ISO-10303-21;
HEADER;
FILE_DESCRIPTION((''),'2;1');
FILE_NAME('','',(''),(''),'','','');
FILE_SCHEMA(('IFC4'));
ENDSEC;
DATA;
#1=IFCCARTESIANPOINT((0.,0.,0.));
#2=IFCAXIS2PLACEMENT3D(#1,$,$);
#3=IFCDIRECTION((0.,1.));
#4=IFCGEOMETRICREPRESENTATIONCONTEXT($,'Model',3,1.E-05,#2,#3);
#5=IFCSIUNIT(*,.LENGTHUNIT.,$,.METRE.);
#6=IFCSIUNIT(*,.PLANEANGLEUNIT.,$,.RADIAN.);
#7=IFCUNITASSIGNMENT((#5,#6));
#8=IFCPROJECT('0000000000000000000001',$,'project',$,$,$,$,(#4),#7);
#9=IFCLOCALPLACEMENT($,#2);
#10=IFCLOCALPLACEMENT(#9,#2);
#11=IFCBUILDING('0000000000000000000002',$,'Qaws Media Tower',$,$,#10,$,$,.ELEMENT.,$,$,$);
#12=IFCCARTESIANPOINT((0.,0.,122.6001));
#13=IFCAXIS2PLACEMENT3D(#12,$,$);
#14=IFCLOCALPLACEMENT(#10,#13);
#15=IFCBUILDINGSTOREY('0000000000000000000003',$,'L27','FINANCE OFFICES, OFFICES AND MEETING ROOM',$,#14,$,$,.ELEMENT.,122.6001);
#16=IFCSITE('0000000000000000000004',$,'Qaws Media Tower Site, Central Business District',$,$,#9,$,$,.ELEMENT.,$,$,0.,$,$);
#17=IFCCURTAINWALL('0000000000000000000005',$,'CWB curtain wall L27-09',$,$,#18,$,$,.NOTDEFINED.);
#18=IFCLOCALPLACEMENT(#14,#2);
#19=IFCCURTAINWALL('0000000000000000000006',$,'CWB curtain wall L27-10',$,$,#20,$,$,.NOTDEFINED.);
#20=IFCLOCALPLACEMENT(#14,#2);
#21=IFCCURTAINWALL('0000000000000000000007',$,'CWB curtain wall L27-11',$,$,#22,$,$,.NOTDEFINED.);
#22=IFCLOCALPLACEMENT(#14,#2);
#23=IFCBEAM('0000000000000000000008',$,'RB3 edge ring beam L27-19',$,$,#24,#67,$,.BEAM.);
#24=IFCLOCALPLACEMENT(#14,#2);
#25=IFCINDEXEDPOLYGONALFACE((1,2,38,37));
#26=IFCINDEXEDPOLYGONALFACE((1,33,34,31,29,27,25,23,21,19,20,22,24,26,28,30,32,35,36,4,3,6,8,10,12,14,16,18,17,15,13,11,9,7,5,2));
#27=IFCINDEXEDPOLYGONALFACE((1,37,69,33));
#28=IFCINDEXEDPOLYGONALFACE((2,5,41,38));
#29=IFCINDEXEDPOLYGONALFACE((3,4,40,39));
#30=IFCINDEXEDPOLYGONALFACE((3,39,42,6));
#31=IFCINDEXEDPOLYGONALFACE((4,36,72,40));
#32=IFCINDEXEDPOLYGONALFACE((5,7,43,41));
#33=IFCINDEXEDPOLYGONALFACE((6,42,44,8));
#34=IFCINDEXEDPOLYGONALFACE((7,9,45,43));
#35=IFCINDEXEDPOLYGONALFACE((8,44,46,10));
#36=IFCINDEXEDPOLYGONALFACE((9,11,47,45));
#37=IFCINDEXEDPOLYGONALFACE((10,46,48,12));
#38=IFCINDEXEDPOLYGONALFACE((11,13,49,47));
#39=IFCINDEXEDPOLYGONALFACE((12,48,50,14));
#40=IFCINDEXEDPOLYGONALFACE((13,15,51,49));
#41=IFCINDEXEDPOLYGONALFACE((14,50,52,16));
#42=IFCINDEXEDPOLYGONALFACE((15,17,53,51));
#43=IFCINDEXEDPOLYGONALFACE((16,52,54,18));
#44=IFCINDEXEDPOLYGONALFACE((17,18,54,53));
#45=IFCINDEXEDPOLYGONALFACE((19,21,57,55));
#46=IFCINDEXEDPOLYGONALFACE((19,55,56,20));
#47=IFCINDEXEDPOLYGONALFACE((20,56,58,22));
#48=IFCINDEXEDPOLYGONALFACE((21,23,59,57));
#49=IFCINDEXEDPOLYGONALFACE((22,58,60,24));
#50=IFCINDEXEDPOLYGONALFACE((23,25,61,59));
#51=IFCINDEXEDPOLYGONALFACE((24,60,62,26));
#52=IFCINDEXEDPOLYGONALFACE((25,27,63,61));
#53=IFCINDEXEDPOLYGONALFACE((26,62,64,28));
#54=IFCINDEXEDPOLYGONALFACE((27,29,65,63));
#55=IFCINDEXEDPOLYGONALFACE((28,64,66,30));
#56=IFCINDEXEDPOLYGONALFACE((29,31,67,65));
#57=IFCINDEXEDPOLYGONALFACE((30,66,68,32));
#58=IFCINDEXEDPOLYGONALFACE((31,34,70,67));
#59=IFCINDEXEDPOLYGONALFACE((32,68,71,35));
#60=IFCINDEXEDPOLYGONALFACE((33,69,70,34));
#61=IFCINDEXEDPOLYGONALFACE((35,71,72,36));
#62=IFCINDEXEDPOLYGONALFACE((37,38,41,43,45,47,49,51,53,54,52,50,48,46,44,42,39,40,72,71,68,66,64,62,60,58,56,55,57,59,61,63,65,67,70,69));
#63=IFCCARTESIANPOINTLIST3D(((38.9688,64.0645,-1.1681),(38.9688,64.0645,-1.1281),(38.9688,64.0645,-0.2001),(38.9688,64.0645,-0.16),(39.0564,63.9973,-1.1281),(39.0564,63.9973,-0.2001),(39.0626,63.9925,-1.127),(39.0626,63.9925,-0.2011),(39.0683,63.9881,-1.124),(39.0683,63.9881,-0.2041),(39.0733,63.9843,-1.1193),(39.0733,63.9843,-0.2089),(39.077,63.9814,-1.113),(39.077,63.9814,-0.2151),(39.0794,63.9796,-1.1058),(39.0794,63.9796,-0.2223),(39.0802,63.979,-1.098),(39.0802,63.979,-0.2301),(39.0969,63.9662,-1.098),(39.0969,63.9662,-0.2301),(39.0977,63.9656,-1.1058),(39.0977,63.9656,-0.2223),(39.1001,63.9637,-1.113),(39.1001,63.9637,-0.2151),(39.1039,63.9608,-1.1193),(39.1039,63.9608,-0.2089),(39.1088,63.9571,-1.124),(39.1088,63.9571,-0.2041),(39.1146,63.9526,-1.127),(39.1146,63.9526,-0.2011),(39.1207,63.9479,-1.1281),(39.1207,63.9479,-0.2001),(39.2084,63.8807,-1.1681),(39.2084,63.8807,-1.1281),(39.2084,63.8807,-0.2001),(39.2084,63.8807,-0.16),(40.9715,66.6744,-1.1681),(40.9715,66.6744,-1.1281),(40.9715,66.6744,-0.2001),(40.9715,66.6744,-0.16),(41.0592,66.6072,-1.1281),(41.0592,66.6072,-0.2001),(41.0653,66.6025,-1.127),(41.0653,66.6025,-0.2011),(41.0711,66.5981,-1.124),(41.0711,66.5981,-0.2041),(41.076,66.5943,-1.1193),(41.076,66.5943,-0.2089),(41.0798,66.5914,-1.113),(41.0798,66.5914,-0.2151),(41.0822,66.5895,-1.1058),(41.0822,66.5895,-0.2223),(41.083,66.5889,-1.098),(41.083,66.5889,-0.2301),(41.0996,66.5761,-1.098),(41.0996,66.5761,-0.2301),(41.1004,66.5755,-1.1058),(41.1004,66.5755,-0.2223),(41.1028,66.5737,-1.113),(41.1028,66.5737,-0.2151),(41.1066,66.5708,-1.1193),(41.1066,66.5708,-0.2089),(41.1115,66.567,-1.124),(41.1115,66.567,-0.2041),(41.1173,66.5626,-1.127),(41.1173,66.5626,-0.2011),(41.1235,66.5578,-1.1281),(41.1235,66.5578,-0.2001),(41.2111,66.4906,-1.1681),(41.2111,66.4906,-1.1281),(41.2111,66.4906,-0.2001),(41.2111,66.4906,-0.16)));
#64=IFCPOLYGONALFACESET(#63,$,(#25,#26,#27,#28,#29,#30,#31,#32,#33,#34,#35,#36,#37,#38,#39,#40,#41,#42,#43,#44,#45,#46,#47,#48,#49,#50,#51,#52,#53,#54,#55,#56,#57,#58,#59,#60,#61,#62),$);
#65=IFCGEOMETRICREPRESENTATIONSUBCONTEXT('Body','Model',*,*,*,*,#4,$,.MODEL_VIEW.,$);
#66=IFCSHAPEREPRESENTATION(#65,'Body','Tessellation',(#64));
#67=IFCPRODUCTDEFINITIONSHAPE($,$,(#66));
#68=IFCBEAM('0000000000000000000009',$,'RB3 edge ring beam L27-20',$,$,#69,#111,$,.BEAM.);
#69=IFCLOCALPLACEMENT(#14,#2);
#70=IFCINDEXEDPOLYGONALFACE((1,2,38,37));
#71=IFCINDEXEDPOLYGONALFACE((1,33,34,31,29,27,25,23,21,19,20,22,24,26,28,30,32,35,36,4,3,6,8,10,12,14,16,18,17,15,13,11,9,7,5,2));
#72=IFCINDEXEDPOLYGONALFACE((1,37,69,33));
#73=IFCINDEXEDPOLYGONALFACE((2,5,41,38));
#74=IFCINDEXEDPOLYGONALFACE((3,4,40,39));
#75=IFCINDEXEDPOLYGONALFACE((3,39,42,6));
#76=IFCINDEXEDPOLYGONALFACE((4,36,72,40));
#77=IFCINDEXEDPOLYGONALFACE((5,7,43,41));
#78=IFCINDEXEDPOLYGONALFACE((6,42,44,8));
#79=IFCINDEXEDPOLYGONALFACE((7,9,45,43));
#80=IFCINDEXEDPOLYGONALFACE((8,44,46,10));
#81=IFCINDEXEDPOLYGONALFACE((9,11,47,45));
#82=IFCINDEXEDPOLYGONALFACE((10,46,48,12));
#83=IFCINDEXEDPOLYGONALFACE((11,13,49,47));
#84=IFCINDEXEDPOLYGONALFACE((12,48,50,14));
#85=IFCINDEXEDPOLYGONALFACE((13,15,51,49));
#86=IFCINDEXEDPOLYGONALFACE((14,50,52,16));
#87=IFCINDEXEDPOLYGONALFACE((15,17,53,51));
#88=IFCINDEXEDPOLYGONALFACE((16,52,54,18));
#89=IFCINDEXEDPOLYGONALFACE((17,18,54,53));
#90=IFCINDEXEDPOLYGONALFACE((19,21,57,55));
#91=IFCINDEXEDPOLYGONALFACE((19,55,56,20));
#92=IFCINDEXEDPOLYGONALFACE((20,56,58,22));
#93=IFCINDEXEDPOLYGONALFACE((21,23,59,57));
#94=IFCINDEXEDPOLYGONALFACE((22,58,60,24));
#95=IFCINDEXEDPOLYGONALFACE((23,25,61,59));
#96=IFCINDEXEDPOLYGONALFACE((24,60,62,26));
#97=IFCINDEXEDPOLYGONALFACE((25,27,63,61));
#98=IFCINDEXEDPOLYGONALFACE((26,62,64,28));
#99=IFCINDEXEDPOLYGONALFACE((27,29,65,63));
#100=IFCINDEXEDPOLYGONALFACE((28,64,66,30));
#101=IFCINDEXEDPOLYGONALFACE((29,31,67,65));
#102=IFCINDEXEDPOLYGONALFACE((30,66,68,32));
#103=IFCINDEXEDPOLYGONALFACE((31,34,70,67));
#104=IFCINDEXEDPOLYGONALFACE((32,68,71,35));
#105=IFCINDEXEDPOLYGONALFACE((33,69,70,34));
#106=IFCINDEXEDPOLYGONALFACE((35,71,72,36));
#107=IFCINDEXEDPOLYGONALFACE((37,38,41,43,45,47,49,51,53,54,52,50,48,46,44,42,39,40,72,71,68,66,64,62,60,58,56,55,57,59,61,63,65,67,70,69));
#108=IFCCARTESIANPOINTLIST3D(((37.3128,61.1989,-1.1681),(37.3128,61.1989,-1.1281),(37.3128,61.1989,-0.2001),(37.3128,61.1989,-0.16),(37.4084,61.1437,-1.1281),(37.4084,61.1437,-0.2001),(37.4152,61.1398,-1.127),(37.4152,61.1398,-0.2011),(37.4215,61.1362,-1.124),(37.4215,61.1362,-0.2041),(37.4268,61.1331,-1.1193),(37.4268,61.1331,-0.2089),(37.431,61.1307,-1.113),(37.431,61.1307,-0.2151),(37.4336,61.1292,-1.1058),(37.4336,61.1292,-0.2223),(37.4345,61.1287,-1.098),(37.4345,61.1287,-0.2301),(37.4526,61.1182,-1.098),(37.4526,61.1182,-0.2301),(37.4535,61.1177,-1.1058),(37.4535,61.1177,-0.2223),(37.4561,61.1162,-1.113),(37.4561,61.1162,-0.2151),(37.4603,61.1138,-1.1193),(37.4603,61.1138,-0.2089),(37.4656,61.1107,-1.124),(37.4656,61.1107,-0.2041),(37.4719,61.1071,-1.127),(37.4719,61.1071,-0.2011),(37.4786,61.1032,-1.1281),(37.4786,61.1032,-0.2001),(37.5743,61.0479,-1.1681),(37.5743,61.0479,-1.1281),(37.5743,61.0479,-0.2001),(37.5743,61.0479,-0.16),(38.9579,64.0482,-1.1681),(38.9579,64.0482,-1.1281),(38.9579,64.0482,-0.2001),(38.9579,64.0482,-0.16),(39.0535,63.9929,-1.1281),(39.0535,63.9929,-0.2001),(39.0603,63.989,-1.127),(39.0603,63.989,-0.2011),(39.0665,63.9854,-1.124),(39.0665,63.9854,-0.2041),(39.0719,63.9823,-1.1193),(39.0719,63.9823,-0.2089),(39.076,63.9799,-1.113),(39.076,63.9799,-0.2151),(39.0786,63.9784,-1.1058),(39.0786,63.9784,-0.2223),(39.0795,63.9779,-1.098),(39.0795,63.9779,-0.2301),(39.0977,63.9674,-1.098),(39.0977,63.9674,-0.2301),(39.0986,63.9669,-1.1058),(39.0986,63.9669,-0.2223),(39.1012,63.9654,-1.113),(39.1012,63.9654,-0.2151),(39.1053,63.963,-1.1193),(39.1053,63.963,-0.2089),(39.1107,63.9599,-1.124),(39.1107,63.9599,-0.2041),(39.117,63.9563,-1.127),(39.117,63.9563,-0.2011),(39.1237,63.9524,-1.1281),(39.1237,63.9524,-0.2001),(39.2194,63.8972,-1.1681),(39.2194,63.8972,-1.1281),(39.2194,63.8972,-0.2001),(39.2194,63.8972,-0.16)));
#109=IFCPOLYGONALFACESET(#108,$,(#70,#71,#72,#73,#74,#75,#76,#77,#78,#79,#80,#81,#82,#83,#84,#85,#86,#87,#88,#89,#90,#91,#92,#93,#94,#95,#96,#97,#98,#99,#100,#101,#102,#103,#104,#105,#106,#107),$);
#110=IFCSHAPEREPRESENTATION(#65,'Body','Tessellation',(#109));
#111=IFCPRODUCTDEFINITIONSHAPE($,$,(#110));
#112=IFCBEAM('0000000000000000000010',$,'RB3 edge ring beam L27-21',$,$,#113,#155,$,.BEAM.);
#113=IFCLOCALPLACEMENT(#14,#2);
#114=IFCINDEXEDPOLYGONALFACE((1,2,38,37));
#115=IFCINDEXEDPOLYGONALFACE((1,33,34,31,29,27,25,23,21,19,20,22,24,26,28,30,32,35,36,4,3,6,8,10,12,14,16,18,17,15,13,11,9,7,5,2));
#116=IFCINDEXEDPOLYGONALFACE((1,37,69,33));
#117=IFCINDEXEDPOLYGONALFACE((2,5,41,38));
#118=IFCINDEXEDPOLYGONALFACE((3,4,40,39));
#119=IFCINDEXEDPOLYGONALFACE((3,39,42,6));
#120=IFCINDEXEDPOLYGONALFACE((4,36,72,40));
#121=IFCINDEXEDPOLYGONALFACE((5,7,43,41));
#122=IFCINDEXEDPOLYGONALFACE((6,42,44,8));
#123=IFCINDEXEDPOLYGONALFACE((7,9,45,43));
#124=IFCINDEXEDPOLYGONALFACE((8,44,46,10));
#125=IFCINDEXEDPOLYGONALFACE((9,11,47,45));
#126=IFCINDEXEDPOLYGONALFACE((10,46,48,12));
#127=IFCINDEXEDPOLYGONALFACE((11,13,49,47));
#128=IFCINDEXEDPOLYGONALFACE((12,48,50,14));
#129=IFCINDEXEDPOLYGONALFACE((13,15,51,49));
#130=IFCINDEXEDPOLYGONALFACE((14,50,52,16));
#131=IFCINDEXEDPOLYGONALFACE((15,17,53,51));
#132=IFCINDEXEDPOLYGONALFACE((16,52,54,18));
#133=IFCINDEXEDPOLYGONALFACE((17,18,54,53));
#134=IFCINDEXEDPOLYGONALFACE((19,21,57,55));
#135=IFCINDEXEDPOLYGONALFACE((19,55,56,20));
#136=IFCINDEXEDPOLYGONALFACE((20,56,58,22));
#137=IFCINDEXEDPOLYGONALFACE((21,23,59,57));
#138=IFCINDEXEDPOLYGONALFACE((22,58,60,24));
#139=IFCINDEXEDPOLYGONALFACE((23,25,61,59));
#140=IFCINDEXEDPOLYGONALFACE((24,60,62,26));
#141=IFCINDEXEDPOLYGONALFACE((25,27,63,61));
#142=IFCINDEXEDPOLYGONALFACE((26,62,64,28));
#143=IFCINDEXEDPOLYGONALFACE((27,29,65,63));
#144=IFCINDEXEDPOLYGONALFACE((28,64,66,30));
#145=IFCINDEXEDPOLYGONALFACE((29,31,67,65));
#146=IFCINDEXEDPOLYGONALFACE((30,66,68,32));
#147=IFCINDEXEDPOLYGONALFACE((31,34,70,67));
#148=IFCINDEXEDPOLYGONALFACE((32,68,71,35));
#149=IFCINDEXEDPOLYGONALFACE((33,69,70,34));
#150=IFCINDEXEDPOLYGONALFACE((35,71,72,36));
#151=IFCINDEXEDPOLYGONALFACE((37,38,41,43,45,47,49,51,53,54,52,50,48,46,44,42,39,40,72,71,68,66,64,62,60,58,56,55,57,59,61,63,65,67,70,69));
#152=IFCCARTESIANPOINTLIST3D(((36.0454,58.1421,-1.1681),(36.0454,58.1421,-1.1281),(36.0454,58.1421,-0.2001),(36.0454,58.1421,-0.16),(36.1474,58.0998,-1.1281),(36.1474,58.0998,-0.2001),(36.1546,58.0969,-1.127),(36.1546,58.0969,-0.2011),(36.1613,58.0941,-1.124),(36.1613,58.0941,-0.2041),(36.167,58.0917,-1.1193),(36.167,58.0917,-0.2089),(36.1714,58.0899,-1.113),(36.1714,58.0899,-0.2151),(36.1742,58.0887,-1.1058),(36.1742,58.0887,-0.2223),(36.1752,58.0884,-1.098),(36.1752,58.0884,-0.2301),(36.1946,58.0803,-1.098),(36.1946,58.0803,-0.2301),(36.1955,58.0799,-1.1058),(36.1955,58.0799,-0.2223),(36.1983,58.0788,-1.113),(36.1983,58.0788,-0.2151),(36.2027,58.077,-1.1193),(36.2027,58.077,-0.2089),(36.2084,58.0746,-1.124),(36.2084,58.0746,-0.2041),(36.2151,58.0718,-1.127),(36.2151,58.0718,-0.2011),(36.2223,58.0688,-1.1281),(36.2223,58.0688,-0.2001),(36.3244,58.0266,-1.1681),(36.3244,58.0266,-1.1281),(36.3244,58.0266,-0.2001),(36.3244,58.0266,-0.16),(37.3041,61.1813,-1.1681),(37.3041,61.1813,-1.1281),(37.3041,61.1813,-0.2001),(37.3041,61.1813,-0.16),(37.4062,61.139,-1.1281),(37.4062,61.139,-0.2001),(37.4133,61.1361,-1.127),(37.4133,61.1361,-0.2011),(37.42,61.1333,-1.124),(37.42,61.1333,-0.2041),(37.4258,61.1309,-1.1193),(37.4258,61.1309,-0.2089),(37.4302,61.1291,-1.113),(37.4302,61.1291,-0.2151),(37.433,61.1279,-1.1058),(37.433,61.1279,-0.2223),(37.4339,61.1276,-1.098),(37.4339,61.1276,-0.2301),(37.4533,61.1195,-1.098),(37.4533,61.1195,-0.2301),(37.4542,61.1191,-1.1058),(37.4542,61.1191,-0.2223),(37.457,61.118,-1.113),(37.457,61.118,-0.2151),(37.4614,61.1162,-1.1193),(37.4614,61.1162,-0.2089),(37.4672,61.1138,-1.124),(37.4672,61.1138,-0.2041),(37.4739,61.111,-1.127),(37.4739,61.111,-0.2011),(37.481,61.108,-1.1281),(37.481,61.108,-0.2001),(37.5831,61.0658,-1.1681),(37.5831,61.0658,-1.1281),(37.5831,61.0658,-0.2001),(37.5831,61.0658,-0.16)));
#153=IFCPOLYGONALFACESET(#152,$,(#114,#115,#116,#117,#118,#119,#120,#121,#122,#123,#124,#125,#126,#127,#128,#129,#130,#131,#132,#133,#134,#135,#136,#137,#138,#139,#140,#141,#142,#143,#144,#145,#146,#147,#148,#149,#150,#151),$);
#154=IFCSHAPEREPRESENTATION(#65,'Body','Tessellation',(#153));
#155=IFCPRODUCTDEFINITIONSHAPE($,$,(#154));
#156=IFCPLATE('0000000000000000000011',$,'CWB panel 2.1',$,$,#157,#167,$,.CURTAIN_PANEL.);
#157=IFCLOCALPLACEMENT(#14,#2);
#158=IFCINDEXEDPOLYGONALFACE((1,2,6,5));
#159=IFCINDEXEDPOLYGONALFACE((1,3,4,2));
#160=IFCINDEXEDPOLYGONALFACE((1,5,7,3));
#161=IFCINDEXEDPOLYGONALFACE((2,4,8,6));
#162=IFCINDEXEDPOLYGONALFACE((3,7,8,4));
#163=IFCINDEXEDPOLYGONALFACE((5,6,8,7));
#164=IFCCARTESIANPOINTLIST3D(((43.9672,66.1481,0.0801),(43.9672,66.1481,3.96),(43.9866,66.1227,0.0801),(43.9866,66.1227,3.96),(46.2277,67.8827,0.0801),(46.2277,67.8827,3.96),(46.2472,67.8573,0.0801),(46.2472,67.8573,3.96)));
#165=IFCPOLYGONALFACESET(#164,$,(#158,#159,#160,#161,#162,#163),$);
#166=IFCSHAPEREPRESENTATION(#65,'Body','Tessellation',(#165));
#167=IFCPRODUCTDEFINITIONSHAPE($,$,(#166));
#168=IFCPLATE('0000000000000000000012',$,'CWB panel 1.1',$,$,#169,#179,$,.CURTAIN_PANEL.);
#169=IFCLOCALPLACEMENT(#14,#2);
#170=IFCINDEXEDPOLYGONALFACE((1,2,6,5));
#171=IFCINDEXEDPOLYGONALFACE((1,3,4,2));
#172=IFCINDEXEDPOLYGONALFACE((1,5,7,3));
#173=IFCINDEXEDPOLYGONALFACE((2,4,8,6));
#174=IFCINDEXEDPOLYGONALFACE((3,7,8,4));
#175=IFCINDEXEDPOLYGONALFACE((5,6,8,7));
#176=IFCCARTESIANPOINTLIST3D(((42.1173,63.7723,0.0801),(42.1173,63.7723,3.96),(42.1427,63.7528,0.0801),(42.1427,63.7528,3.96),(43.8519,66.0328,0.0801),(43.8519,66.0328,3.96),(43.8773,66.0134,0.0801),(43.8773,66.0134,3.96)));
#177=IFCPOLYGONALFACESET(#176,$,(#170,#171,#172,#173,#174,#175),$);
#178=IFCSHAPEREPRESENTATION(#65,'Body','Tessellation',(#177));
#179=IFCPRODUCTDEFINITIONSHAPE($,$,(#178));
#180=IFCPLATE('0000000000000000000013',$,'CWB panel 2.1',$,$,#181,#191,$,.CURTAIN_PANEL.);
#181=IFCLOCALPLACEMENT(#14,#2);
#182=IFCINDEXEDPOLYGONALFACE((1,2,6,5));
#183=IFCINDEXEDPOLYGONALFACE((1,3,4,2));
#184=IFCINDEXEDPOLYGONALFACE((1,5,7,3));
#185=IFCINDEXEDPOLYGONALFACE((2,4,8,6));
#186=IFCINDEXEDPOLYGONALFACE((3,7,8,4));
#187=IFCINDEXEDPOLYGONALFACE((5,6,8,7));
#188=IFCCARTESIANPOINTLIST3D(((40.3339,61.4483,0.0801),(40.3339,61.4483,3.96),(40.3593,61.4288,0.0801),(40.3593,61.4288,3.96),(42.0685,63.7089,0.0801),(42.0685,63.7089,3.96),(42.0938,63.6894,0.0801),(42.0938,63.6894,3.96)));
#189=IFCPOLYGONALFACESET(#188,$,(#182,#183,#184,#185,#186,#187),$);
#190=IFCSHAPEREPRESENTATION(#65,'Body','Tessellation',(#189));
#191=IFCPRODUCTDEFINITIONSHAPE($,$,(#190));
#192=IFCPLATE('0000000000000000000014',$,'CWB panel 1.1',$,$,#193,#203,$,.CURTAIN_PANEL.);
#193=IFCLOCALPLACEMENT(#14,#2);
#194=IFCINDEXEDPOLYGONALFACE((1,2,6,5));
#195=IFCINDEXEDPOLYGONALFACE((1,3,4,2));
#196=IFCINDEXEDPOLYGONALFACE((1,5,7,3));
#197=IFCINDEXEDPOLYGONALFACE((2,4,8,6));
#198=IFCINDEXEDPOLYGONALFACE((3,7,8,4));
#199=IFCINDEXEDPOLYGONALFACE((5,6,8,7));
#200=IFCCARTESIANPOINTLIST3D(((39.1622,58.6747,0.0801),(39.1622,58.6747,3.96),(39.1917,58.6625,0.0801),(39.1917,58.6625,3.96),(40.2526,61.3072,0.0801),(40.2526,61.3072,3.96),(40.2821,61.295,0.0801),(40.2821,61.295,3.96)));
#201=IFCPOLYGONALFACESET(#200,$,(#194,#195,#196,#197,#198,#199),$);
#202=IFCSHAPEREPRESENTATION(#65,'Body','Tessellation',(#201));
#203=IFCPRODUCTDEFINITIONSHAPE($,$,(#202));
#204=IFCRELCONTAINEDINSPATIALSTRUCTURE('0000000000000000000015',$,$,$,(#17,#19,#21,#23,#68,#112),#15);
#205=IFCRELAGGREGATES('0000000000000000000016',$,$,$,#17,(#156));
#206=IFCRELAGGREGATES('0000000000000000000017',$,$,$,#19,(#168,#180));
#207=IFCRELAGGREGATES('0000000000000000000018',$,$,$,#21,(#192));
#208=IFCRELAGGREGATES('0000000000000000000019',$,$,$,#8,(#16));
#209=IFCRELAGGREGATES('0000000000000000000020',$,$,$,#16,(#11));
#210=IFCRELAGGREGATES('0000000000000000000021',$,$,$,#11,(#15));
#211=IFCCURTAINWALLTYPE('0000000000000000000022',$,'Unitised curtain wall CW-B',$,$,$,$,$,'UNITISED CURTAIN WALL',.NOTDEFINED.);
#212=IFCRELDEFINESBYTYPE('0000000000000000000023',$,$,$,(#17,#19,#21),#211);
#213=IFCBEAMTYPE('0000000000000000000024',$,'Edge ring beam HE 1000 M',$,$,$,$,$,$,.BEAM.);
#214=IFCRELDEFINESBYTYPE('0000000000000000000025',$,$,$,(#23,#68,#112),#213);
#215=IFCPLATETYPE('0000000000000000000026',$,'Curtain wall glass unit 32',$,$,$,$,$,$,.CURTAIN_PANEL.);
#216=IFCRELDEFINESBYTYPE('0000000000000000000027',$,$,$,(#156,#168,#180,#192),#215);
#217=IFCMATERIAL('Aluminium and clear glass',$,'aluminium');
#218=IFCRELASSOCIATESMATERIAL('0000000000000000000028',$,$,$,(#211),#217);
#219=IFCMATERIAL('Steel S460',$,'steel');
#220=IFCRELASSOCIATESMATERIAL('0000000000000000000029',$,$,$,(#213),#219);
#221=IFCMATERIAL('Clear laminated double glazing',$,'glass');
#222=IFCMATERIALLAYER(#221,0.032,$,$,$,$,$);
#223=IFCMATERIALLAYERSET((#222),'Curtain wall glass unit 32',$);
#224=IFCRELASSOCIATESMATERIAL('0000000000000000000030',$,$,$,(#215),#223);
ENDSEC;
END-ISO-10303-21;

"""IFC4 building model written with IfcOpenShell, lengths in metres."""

from ifc_helpers import new_model, si_unit, direction, frame, origin, origin_2d, place, context, subcontext, project, spatial, rectangle, i_section, extrude, material, layer, layer_set, material_profile, profile_set, type_object, element, aggregate, save


model = new_model("IFC4")

# Units and contexts
model_context = context("Model", 3, precision=1e-05, world=origin(), true_north=direction((0.0, 1.0)))
body_context = subcontext(model_context, "Body", "Model", "MODEL_VIEW")
ifc_project = project(units=[si_unit("LENGTHUNIT", "METRE"), si_unit("PLANEANGLEUNIT", "RADIAN")], contexts=[model_context])

# Site, building, storey
site_placement = place(None, origin())
site = spatial("IfcSite", under=ifc_project, at=site_placement, Name="Qaws Media Tower Site, Central Business District", CompositionType="ELEMENT", RefElevation=0.0)
building_placement = place(site_placement, origin())
building = spatial("IfcBuilding", under=site, at=building_placement, Name="Qaws Media Tower", CompositionType="ELEMENT")
storey_placement = place(building_placement, frame((0.0, 0.0, 122.6001)))
storey = spatial("IfcBuildingStorey", under=building, at=storey_placement, Name="L27", Description="FINANCE OFFICES, OFFICES AND MEETING ROOM", CompositionType="ELEMENT", Elevation=122.6001)

# Curtain wall
ifc_material_1 = material(Name="Aluminium and clear glass", Category="aluminium")
curtain_wall_type = type_object("IfcCurtainWallType", Name="Unitised curtain wall CW-B", ElementType="UNITISED CURTAIN WALL", PredefinedType="NOTDEFINED", material=ifc_material_1)
curtain_wall_1_placement = place(storey_placement, origin())
curtain_wall_1 = element("IfcCurtainWall", 1, at=curtain_wall_1_placement, inside=storey, type_object=curtain_wall_type, Name="CWB curtain wall L27-09", PredefinedType="NOTDEFINED")

# Curtain wall
curtain_wall_2_placement = place(storey_placement, origin())
curtain_wall_2 = element("IfcCurtainWall", 2, at=curtain_wall_2_placement, inside=storey, type_object=curtain_wall_type, Name="CWB curtain wall L27-10", PredefinedType="NOTDEFINED")

# Curtain wall
curtain_wall_3_placement = place(storey_placement, origin())
curtain_wall_3 = element("IfcCurtainWall", 3, at=curtain_wall_3_placement, inside=storey, type_object=curtain_wall_type, Name="CWB curtain wall L27-11", PredefinedType="NOTDEFINED")

# Beams
ifc_material_2 = material(Name="Steel S460", Category="steel")
ifc_material_profile_1 = material_profile(ifc_material_2, i_section(OverallWidth=0.302, OverallDepth=1.0081, WebThickness=0.021, FlangeThickness=0.04, FilletRadius=0.03, at=origin_2d()), Name="HE 1000 M")
ifc_profile_set_1 = profile_set([ifc_material_profile_1], Name="Steel S460")
beam_type = type_object("IfcBeamType", Name="Edge ring beam HE 1000 M", PredefinedType="BEAM", material=ifc_profile_set_1)
for number, where, z_axis, x_axis, name in (
    (4, (41.0913, 66.5825, -0.6641), (-0.608774, -0.793344, 0.0), (0.793344, -0.608774, 0.0), "RB3 edge ring beam L27-19"),
):
    element("IfcBeam", number, at=place(storey_placement, frame(where, z_axis=z_axis, x_axis=x_axis)), inside=storey, type_object=beam_type, Name=name, PredefinedType="BEAM", context=body_context, shape_type="SweptSolid", body=[
        extrude(i_section(OverallWidth=0.302, OverallDepth=1.0081, WebThickness=0.021, FlangeThickness=0.04, FilletRadius=0.03, at=origin_2d()), origin(), (0.0, 0.0, 1.0), 3.2898),
    ])
beam_1_placement = place(storey_placement, frame((39.0886, 63.9727, -0.6641), z_axis=(-0.500018, -0.866015, 0.0), x_axis=(0.866015, -0.500018, 0.0)))
element("IfcBeam", 5, at=beam_1_placement, inside=storey, type_object=beam_type, Name="RB3 edge ring beam L27-20", PredefinedType="BEAM", context=body_context, shape_type="SweptSolid", body=[
    extrude(i_section(OverallWidth=0.302, OverallDepth=1.0081, WebThickness=0.021, FlangeThickness=0.04, FilletRadius=0.03, at=origin_2d()), origin(), (0.0, 0.0, 1.0), 3.29),
])
beam_2_placement = place(storey_placement, frame((37.4436, 61.1235, -0.6641), z_axis=(-0.382649, -0.923894, 0.0), x_axis=(0.923894, -0.382649, 0.0)))
element("IfcBeam", 6, at=beam_2_placement, inside=storey, type_object=beam_type, Name="RB3 edge ring beam L27-21", PredefinedType="BEAM", context=body_context, shape_type="SweptSolid", body=[
    extrude(i_section(OverallWidth=0.302, OverallDepth=1.0081, WebThickness=0.021, FlangeThickness=0.04, FilletRadius=0.03, at=origin_2d()), origin(), (0.0, 0.0, 1.0), 3.2896),
])

# Plates
ifc_material_3 = material(Name="Clear laminated double glazing", Category="glass")
ifc_layer_1 = layer(ifc_material_3, 0.032)
ifc_layer_set_1 = layer_set([ifc_layer_1], Name="Curtain wall glass unit 32")
plate_type_1 = type_object("IfcPlateType", Name="Curtain wall glass unit 32", PredefinedType="CURTAIN_PANEL", material=ifc_layer_set_1)
plate_1_placement = place(storey_placement, frame((45.1072, 67.0027, 0.0801), z_axis=(0.0, 0.0, 1.0), x_axis=(-0.793353, -0.608761, 0.0)))
plate_1 = element("IfcPlate", 7, at=plate_1_placement, type_object=plate_type_1, Name="CWB panel 2.1", PredefinedType="CURTAIN_PANEL", context=body_context, shape_type="SweptSolid", body=[
    extrude(rectangle(XDim=2.8494, YDim=0.032, at=origin_2d()), origin(), (0.0, 0.0, 1.0), 3.8799),
])
aggregate(curtain_wall_1, [plate_1])
plate_2_placement = place(storey_placement, frame((42.9973, 64.8928, 0.0801), z_axis=(0.0, 0.0, 1.0), x_axis=(-0.608761, -0.793353, 0.0)))
plate_2 = element("IfcPlate", 8, at=plate_2_placement, type_object=plate_type_1, Name="CWB panel 1.1", PredefinedType="CURTAIN_PANEL", context=body_context, shape_type="SweptSolid", body=[
    extrude(rectangle(XDim=2.8494, YDim=0.032, at=origin_2d()), origin(), (0.0, 0.0, 1.0), 3.8799),
])
plate_3_placement = place(storey_placement, frame((41.2139, 62.5688, 0.0801), z_axis=(0.0, 0.0, 1.0), x_axis=(-0.608761, -0.793353, 0.0)))
plate_3 = element("IfcPlate", 9, at=plate_3_placement, type_object=plate_type_1, Name="CWB panel 2.1", PredefinedType="CURTAIN_PANEL", context=body_context, shape_type="SweptSolid", body=[
    extrude(rectangle(XDim=2.8494, YDim=0.032, at=origin_2d()), origin(), (0.0, 0.0, 1.0), 3.8799),
])
aggregate(curtain_wall_2, [plate_2, plate_3])
plate_4_placement = place(storey_placement, frame((39.7222, 59.9849, 0.0801), z_axis=(0.0, 0.0, 1.0), x_axis=(-0.382683, -0.92388, 0.0)))
plate_4 = element("IfcPlate", 10, at=plate_4_placement, type_object=plate_type_1, Name="CWB panel 1.1", PredefinedType="CURTAIN_PANEL", context=body_context, shape_type="SweptSolid", body=[
    extrude(rectangle(XDim=2.8494, YDim=0.032, at=origin_2d()), origin(), (0.0, 0.0, 1.0), 3.8799),
])
aggregate(curtain_wall_3, [plate_4])

save(model, "model.ifc")
